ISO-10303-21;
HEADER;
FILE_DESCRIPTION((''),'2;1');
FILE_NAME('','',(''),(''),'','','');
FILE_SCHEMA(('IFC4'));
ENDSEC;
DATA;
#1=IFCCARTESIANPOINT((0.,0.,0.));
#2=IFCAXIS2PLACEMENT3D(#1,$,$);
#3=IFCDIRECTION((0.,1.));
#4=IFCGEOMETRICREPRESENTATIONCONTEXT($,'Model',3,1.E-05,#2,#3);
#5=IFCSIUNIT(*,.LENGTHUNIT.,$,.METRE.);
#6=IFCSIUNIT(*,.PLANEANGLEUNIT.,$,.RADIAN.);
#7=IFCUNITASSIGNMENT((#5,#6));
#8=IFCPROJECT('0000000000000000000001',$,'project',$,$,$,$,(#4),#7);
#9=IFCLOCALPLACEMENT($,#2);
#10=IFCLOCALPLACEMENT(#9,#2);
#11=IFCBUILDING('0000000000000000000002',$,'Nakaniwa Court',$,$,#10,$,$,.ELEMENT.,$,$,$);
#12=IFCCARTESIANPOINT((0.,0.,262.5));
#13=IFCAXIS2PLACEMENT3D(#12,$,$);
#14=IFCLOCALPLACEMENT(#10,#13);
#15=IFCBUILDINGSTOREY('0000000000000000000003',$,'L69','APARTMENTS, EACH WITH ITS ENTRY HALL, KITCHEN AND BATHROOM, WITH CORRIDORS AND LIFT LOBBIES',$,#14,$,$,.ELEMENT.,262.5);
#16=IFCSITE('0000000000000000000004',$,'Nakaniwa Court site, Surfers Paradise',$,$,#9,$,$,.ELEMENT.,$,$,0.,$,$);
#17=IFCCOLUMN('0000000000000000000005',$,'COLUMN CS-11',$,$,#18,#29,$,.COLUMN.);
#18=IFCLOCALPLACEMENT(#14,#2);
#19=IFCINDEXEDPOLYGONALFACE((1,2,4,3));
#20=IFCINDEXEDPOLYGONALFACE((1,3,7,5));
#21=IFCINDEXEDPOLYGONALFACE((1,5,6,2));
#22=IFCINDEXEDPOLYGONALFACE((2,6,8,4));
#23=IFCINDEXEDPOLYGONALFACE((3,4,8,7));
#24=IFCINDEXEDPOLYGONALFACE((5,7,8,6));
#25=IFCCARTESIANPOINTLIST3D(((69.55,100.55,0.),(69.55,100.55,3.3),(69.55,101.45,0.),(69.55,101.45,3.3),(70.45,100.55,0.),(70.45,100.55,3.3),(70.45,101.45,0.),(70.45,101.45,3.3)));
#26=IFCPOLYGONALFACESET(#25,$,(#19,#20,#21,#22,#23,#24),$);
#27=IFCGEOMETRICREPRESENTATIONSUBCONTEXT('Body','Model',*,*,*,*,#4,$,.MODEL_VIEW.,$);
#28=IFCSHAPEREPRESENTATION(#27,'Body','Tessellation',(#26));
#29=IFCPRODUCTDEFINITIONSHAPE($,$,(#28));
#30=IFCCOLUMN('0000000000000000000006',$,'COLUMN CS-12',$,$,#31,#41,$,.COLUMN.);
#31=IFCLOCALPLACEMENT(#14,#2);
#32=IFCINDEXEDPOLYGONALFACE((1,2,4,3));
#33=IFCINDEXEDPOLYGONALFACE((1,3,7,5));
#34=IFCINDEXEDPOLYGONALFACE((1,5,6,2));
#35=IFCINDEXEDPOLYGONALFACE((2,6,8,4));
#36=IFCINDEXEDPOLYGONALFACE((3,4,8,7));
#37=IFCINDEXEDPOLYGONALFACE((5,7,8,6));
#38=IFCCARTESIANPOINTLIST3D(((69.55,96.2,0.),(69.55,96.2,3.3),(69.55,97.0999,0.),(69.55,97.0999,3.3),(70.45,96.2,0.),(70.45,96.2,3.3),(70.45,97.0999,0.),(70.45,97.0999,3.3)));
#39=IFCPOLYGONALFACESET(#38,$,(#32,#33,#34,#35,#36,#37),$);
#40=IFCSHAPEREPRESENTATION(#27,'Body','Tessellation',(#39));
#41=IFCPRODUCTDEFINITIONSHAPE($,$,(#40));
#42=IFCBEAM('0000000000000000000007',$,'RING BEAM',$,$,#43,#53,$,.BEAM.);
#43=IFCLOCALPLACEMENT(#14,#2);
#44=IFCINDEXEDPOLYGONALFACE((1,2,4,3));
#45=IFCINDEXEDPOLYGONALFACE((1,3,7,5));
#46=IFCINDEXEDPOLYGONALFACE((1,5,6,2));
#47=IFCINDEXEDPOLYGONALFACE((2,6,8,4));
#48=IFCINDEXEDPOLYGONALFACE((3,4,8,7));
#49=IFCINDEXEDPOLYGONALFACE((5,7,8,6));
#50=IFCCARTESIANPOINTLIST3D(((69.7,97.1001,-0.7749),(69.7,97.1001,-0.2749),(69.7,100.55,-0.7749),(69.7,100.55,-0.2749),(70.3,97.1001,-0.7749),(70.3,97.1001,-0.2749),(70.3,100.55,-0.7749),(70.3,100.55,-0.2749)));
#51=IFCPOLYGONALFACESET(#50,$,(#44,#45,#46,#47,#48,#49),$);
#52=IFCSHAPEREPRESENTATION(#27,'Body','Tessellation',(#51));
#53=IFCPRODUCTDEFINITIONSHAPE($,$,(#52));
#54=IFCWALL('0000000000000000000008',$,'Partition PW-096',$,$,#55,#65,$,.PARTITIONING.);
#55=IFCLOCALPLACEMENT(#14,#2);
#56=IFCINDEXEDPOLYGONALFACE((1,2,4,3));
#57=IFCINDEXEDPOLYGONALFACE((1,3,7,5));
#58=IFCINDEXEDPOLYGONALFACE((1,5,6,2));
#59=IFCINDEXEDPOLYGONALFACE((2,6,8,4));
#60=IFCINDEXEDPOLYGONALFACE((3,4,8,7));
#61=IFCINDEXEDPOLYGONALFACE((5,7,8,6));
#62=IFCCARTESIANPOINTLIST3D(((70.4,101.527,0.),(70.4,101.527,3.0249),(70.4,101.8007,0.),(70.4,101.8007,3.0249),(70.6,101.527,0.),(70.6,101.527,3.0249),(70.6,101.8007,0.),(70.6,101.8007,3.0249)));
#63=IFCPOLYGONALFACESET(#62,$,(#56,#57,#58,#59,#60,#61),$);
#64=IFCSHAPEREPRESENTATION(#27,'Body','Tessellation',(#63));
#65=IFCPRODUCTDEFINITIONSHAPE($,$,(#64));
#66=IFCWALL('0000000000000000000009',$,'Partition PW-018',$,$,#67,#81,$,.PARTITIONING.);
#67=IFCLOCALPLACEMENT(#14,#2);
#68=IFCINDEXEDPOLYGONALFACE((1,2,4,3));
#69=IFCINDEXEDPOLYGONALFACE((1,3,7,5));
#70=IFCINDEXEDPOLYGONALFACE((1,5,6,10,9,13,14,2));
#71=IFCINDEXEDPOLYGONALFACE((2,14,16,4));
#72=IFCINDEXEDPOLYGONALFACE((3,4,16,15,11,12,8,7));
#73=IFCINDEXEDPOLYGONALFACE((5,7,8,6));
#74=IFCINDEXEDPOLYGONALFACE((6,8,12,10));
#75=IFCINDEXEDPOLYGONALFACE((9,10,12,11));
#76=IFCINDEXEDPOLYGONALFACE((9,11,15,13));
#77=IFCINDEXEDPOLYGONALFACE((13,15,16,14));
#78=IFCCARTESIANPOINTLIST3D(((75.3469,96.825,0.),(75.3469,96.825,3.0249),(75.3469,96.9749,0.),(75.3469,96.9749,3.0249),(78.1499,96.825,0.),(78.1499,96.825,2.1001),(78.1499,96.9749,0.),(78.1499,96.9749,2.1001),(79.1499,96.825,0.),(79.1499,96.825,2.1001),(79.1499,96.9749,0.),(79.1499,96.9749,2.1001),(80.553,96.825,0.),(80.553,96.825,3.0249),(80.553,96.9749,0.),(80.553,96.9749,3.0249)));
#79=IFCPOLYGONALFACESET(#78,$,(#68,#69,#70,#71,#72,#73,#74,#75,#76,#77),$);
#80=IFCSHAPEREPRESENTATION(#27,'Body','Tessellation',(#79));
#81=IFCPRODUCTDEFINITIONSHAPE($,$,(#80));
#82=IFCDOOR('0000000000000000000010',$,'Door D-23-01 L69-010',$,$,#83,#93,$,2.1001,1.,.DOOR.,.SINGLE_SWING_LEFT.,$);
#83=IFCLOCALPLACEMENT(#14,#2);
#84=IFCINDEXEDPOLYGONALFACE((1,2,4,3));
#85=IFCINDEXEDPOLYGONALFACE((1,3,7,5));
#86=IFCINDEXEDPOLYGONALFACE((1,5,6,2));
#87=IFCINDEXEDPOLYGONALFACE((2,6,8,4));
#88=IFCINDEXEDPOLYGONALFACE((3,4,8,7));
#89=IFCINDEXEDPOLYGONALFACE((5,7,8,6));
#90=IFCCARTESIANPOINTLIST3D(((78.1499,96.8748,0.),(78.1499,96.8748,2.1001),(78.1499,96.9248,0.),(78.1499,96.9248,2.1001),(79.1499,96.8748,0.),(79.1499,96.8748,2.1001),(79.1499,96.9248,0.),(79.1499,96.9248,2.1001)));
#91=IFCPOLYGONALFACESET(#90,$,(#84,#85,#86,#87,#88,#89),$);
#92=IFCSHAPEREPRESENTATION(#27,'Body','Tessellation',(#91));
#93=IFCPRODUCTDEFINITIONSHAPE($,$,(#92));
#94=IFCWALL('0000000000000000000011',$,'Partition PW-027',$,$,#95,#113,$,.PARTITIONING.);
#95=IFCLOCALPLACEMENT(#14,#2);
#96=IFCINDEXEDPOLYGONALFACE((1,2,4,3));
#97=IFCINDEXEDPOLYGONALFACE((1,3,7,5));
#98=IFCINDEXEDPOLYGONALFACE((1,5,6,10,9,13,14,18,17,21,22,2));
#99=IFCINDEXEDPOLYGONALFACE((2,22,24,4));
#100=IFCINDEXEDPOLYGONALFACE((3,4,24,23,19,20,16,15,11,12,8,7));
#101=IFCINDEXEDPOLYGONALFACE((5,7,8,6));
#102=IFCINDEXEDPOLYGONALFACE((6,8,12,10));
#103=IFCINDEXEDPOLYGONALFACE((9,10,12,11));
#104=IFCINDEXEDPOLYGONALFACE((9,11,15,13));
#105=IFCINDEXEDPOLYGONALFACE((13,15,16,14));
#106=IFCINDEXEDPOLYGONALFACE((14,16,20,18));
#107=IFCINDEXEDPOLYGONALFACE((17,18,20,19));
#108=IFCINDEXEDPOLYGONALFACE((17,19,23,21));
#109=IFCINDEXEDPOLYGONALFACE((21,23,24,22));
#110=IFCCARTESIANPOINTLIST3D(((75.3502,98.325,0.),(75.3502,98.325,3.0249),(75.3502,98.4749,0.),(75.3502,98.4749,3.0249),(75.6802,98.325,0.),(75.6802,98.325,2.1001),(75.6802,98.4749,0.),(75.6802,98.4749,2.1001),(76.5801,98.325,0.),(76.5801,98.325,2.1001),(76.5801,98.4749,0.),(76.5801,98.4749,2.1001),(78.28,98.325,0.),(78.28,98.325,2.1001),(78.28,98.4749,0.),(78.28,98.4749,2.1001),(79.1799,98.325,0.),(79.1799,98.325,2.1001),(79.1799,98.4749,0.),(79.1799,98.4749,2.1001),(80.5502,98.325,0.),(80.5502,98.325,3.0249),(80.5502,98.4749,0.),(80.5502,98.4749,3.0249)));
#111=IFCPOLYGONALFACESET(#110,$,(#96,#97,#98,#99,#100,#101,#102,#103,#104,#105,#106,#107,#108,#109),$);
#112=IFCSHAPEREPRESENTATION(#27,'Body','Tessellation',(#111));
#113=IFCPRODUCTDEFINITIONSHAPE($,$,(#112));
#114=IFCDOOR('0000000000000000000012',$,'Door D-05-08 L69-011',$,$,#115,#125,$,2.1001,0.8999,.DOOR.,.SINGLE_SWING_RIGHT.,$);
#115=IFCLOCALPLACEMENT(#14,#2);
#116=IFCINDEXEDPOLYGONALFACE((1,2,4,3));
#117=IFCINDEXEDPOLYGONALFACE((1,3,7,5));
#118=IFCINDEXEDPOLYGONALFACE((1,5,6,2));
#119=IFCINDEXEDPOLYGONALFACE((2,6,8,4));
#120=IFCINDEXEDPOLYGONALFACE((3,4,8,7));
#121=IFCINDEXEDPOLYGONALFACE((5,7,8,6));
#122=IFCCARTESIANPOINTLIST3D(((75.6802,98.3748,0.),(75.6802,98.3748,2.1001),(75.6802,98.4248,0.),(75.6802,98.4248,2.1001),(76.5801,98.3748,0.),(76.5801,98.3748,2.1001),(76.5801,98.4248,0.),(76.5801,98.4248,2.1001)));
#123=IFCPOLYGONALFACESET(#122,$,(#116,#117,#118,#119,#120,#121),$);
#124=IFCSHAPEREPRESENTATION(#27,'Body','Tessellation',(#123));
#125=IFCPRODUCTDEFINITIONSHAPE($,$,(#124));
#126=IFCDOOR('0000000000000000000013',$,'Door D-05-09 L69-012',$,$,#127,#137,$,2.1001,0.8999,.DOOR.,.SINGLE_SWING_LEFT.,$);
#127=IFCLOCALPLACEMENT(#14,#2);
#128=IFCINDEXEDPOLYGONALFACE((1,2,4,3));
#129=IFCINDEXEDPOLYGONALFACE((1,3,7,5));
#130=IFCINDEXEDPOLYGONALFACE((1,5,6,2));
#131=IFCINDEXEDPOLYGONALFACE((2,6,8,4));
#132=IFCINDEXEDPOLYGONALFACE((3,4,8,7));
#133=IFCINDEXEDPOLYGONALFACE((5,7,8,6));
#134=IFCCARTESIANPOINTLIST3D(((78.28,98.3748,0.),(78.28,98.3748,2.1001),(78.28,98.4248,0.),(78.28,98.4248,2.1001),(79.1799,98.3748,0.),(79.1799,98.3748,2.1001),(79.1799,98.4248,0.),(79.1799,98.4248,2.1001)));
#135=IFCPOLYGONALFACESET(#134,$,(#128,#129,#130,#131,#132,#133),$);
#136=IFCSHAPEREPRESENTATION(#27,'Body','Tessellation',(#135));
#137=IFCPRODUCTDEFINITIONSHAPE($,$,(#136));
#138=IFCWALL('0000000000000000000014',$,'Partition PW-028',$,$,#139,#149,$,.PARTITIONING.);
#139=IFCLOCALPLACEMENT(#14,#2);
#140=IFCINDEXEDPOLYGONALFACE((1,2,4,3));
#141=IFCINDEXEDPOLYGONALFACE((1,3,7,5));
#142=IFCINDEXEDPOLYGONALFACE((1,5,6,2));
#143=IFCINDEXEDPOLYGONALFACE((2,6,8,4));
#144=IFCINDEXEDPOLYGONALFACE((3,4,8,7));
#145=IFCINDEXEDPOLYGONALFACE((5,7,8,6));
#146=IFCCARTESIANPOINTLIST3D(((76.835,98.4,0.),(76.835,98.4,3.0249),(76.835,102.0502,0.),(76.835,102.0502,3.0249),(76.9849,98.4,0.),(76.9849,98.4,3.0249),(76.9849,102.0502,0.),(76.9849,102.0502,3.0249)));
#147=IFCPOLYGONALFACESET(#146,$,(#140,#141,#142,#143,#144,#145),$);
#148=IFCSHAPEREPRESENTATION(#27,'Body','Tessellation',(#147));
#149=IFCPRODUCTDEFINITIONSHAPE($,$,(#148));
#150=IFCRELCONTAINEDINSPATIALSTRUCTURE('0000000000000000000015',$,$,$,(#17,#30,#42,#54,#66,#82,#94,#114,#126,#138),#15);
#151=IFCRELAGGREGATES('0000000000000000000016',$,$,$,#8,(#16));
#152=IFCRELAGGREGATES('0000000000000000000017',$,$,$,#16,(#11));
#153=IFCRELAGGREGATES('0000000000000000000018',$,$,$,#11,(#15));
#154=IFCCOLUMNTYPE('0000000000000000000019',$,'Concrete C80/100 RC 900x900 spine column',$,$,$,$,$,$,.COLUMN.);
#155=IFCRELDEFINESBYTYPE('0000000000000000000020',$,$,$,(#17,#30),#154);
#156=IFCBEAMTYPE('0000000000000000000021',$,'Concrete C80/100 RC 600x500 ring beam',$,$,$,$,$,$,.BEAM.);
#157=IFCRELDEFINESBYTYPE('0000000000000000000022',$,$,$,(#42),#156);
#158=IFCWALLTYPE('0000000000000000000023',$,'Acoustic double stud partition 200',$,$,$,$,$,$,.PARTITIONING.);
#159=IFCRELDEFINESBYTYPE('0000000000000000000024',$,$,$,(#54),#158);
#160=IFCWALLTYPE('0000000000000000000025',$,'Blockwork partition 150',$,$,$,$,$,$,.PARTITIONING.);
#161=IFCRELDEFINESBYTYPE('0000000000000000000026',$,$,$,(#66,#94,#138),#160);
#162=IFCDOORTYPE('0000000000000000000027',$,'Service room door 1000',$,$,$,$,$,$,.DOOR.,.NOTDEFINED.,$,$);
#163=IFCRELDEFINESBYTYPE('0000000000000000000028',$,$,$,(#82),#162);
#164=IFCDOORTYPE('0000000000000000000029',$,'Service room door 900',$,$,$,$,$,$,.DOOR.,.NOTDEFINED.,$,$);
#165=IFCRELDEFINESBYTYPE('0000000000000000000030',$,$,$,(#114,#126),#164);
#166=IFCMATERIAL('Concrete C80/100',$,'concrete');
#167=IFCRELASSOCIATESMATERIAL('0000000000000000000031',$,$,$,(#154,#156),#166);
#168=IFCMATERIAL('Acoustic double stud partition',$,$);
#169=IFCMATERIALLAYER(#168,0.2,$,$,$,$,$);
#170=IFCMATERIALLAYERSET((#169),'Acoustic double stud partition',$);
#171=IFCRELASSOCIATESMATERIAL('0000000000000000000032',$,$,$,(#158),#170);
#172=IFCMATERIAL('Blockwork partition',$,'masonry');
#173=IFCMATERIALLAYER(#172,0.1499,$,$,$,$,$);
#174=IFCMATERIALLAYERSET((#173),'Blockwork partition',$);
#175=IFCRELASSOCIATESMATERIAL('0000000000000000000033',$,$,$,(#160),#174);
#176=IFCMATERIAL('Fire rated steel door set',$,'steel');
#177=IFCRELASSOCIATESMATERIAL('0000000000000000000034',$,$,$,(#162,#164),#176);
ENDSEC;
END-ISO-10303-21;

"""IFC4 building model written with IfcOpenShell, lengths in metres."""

from ifc_helpers import new_model, si_unit, direction, frame, frame_2d, origin, origin_2d, place, context, subcontext, project, spatial, rectangle, extrude, material, layer, layer_set, material_profile, profile_set, type_object, element, fill, save


model = new_model("IFC4")

# Units and contexts
model_context = context("Model", 3, precision=1e-05, world=origin(), true_north=direction((0.0, 1.0)))
body_context = subcontext(model_context, "Body", "Model", "MODEL_VIEW")
ifc_project = project(units=[si_unit("LENGTHUNIT", "METRE"), si_unit("PLANEANGLEUNIT", "RADIAN")], contexts=[model_context])

# Site, building, storey
site_placement = place(None, origin())
site = spatial("IfcSite", under=ifc_project, at=site_placement, Name="Nakaniwa Court site, Surfers Paradise", CompositionType="ELEMENT", RefElevation=0.0)
building_placement = place(site_placement, origin())
building = spatial("IfcBuilding", under=site, at=building_placement, Name="Nakaniwa Court", CompositionType="ELEMENT")
storey_placement = place(building_placement, frame((0.0, 0.0, 262.5)))
storey = spatial("IfcBuildingStorey", under=building, at=storey_placement, Name="L69", Description="APARTMENTS, EACH WITH ITS ENTRY HALL, KITCHEN AND BATHROOM, WITH CORRIDORS AND LIFT LOBBIES", CompositionType="ELEMENT", Elevation=262.5)

# Columns
ifc_material_1 = material(Name="Concrete C80/100", Category="concrete")
ifc_material_profile_1 = material_profile(ifc_material_1, rectangle(XDim=0.8999, YDim=0.8999, at=origin_2d()), Name="Concrete C80/100 RC 900x900 spine column")
ifc_profile_set_1 = profile_set([ifc_material_profile_1], Name="Concrete C80/100")
column_type = type_object("IfcColumnType", Name="Concrete C80/100 RC 900x900 spine column", PredefinedType="COLUMN", material=ifc_profile_set_1)
for number, where, z_axis, x_axis, name in (
    (1, (70.0, 101.0, 0.0), (0.0, 0.0, 1.0), (0.0, -1.0, 0.0), "COLUMN CS-11"),
    (2, (70.0, 96.6499, 0.0), (0.0, 0.0, 1.0), (0.0, -1.0, 0.0), "COLUMN CS-12"),
):
    element("IfcColumn", number, at=place(storey_placement, frame(where, z_axis=z_axis, x_axis=x_axis)), inside=storey, type_object=column_type, Name=name, PredefinedType="COLUMN", context=body_context, shape_type="SweptSolid", body=[
        extrude(rectangle(XDim=0.8999, YDim=0.8999, at=origin_2d()), origin(), (0.0, 0.0, 1.0), 3.3),
    ])

# Beam
ifc_material_profile_2 = material_profile(ifc_material_1, rectangle(XDim=0.6001, YDim=0.5, at=origin_2d()), Name="Concrete C80/100 RC 600x500 ring beam")
ifc_profile_set_2 = profile_set([ifc_material_profile_2], Name="Concrete C80/100")
beam_type = type_object("IfcBeamType", Name="Concrete C80/100 RC 600x500 ring beam", PredefinedType="BEAM", material=ifc_profile_set_2)
beam_placement = place(storey_placement, frame((70.0, 100.55, -0.5249), z_axis=(0.0, -1.0, 0.0), x_axis=(1.0, 0.0, 0.0)))
element("IfcBeam", 3, at=beam_placement, inside=storey, type_object=beam_type, Name="RING BEAM", PredefinedType="BEAM", context=body_context, shape_type="SweptSolid", body=[
    extrude(rectangle(XDim=0.6001, YDim=0.5, at=origin_2d()), origin(), (0.0, 0.0, 1.0), 3.45),
])

# Wall
ifc_material_2 = material(Name="Acoustic double stud partition")
ifc_layer_1 = layer(ifc_material_2, 0.2)
ifc_layer_set_1 = layer_set([ifc_layer_1], Name="Acoustic double stud partition")
wall_type_1 = type_object("IfcWallType", Name="Acoustic double stud partition 200", PredefinedType="PARTITIONING", material=ifc_layer_set_1)
wall_1_placement = place(storey_placement, frame((70.5, 101.5271, 0.0), z_axis=(0.0, 0.0, 1.0), x_axis=(0.0, 1.0, 0.0)))
element("IfcWall", 4, at=wall_1_placement, inside=storey, type_object=wall_type_1, Name="Partition PW-096", PredefinedType="PARTITIONING", context=body_context, shape_type="SweptSolid", body=[
    extrude(rectangle(XDim=0.2737, YDim=0.2, at=frame_2d((0.1367, 0.0))), origin(), (0.0, 0.0, 1.0), 3.0249),
])

# Wall, opening, door
ifc_material_3 = material(Name="Blockwork partition", Category="masonry")
ifc_layer_2 = layer(ifc_material_3, 0.1499)
ifc_layer_set_2 = layer_set([ifc_layer_2], Name="Blockwork partition")
wall_type_2 = type_object("IfcWallType", Name="Blockwork partition 150", PredefinedType="PARTITIONING", material=ifc_layer_set_2)
wall_2_placement = place(storey_placement, frame((75.3469, 96.8999, 0.0), z_axis=(0.0, 0.0, 1.0), x_axis=(1.0, 0.0, 0.0)))
wall_2 = element("IfcWall", 5, at=wall_2_placement, inside=storey, type_object=wall_type_2, Name="Partition PW-018", PredefinedType="PARTITIONING", context=body_context, shape_type="SweptSolid", body=[
    extrude(rectangle(XDim=5.2061, YDim=0.1499, at=frame_2d((2.603, 0.0))), origin(), (0.0, 0.0, 1.0), 3.0249),
])
opening_1_placement = place(wall_2_placement, frame((2.803, 0.0, 0.0)))
opening_1 = element("IfcOpeningElement", 6, at=opening_1_placement, cuts=wall_2, PredefinedType="OPENING", context=body_context, shape_type="SweptSolid", body=[
    extrude(rectangle(XDim=1.0, YDim=2.1001, at=frame_2d((0.5, 1.05))), frame((0.0, 0.085, 0.0), z_axis=(0.0, -1.0, 0.0), x_axis=(1.0, 0.0, 0.0)), (0.0, 0.0, 1.0), 0.1699),
])
ifc_material_4 = material(Name="Fire rated steel door set", Category="steel")
door_type_1 = type_object("IfcDoorType", Name="Service room door 1000", OperationType="NOTDEFINED", PredefinedType="DOOR", material=ifc_material_4)
door_1_placement = place(opening_1_placement, origin())
door_1 = element("IfcDoor", 7, at=door_1_placement, inside=storey, type_object=door_type_1, Name="Door D-23-01 L69-010", OperationType="SINGLE_SWING_LEFT", OverallHeight=2.1001, OverallWidth=1.0, PredefinedType="DOOR", context=body_context, shape_type="SweptSolid", body=[
    extrude(rectangle(XDim=1.0, YDim=2.1001, at=frame_2d((0.5, 1.05))), frame((0.0, 0.0249, 0.0), z_axis=(0.0, -1.0, 0.0), x_axis=(1.0, 0.0, 0.0)), (0.0, 0.0, 1.0), 0.05),
])
fill(opening_1, door_1)

# Wall, openings, doors
wall_3_placement = place(storey_placement, frame((75.3501, 98.3999, 0.0), z_axis=(0.0, 0.0, 1.0), x_axis=(1.0, 0.0, 0.0)))
wall_3 = element("IfcWall", 8, at=wall_3_placement, inside=storey, type_object=wall_type_2, Name="Partition PW-027", PredefinedType="PARTITIONING", context=body_context, shape_type="SweptSolid", body=[
    extrude(rectangle(XDim=5.2, YDim=0.1499, at=frame_2d((2.6001, 0.0))), origin(), (0.0, 0.0, 1.0), 3.0249),
])
opening_2_placement = place(wall_3_placement, frame((0.3301, 0.0, 0.0)))
opening_2 = element("IfcOpeningElement", 9, at=opening_2_placement, cuts=wall_3, PredefinedType="OPENING", context=body_context, shape_type="SweptSolid", body=[
    extrude(rectangle(XDim=0.8999, YDim=2.1001, at=frame_2d((0.45, 1.05))), frame((0.0, 0.085, 0.0), z_axis=(0.0, -1.0, 0.0), x_axis=(1.0, 0.0, 0.0)), (0.0, 0.0, 1.0), 0.1699),
])
opening_3_placement = place(wall_3_placement, frame((2.9299, 0.0, 0.0)))
opening_3 = element("IfcOpeningElement", 10, at=opening_3_placement, cuts=wall_3, PredefinedType="OPENING", context=body_context, shape_type="SweptSolid", body=[
    extrude(rectangle(XDim=0.8999, YDim=2.1001, at=frame_2d((0.45, 1.05))), frame((0.0, 0.085, 0.0), z_axis=(0.0, -1.0, 0.0), x_axis=(1.0, 0.0, 0.0)), (0.0, 0.0, 1.0), 0.1699),
])
door_type_2 = type_object("IfcDoorType", Name="Service room door 900", OperationType="NOTDEFINED", PredefinedType="DOOR", material=ifc_material_4)
door_2_placement = place(opening_2_placement, origin())
door_2 = element("IfcDoor", 11, at=door_2_placement, inside=storey, type_object=door_type_2, Name="Door D-05-08 L69-011", OperationType="SINGLE_SWING_RIGHT", OverallHeight=2.1001, OverallWidth=0.8999, PredefinedType="DOOR", context=body_context, shape_type="SweptSolid", body=[
    extrude(rectangle(XDim=0.8999, YDim=2.1001, at=frame_2d((0.45, 1.05))), frame((0.0, 0.0249, 0.0), z_axis=(0.0, -1.0, 0.0), x_axis=(1.0, 0.0, 0.0)), (0.0, 0.0, 1.0), 0.05),
])
fill(opening_2, door_2)
door_3_placement = place(opening_3_placement, origin())
door_3 = element("IfcDoor", 12, at=door_3_placement, inside=storey, type_object=door_type_2, Name="Door D-05-09 L69-012", OperationType="SINGLE_SWING_LEFT", OverallHeight=2.1001, OverallWidth=0.8999, PredefinedType="DOOR", context=body_context, shape_type="SweptSolid", body=[
    extrude(rectangle(XDim=0.8999, YDim=2.1001, at=frame_2d((0.45, 1.05))), frame((0.0, 0.0249, 0.0), z_axis=(0.0, -1.0, 0.0), x_axis=(1.0, 0.0, 0.0)), (0.0, 0.0, 1.0), 0.05),
])
fill(opening_3, door_3)

# Wall
wall_4_placement = place(storey_placement, frame((76.9099, 98.3999, 0.0), z_axis=(0.0, 0.0, 1.0), x_axis=(0.0, 1.0, 0.0)))
element("IfcWall", 13, at=wall_4_placement, inside=storey, type_object=wall_type_2, Name="Partition PW-028", PredefinedType="PARTITIONING", context=body_context, shape_type="SweptSolid", body=[
    extrude(rectangle(XDim=3.6501, YDim=0.1499, at=frame_2d((1.8252, 0.0))), origin(), (0.0, 0.0, 1.0), 3.0249),
])

save(model, "model.ifc")
